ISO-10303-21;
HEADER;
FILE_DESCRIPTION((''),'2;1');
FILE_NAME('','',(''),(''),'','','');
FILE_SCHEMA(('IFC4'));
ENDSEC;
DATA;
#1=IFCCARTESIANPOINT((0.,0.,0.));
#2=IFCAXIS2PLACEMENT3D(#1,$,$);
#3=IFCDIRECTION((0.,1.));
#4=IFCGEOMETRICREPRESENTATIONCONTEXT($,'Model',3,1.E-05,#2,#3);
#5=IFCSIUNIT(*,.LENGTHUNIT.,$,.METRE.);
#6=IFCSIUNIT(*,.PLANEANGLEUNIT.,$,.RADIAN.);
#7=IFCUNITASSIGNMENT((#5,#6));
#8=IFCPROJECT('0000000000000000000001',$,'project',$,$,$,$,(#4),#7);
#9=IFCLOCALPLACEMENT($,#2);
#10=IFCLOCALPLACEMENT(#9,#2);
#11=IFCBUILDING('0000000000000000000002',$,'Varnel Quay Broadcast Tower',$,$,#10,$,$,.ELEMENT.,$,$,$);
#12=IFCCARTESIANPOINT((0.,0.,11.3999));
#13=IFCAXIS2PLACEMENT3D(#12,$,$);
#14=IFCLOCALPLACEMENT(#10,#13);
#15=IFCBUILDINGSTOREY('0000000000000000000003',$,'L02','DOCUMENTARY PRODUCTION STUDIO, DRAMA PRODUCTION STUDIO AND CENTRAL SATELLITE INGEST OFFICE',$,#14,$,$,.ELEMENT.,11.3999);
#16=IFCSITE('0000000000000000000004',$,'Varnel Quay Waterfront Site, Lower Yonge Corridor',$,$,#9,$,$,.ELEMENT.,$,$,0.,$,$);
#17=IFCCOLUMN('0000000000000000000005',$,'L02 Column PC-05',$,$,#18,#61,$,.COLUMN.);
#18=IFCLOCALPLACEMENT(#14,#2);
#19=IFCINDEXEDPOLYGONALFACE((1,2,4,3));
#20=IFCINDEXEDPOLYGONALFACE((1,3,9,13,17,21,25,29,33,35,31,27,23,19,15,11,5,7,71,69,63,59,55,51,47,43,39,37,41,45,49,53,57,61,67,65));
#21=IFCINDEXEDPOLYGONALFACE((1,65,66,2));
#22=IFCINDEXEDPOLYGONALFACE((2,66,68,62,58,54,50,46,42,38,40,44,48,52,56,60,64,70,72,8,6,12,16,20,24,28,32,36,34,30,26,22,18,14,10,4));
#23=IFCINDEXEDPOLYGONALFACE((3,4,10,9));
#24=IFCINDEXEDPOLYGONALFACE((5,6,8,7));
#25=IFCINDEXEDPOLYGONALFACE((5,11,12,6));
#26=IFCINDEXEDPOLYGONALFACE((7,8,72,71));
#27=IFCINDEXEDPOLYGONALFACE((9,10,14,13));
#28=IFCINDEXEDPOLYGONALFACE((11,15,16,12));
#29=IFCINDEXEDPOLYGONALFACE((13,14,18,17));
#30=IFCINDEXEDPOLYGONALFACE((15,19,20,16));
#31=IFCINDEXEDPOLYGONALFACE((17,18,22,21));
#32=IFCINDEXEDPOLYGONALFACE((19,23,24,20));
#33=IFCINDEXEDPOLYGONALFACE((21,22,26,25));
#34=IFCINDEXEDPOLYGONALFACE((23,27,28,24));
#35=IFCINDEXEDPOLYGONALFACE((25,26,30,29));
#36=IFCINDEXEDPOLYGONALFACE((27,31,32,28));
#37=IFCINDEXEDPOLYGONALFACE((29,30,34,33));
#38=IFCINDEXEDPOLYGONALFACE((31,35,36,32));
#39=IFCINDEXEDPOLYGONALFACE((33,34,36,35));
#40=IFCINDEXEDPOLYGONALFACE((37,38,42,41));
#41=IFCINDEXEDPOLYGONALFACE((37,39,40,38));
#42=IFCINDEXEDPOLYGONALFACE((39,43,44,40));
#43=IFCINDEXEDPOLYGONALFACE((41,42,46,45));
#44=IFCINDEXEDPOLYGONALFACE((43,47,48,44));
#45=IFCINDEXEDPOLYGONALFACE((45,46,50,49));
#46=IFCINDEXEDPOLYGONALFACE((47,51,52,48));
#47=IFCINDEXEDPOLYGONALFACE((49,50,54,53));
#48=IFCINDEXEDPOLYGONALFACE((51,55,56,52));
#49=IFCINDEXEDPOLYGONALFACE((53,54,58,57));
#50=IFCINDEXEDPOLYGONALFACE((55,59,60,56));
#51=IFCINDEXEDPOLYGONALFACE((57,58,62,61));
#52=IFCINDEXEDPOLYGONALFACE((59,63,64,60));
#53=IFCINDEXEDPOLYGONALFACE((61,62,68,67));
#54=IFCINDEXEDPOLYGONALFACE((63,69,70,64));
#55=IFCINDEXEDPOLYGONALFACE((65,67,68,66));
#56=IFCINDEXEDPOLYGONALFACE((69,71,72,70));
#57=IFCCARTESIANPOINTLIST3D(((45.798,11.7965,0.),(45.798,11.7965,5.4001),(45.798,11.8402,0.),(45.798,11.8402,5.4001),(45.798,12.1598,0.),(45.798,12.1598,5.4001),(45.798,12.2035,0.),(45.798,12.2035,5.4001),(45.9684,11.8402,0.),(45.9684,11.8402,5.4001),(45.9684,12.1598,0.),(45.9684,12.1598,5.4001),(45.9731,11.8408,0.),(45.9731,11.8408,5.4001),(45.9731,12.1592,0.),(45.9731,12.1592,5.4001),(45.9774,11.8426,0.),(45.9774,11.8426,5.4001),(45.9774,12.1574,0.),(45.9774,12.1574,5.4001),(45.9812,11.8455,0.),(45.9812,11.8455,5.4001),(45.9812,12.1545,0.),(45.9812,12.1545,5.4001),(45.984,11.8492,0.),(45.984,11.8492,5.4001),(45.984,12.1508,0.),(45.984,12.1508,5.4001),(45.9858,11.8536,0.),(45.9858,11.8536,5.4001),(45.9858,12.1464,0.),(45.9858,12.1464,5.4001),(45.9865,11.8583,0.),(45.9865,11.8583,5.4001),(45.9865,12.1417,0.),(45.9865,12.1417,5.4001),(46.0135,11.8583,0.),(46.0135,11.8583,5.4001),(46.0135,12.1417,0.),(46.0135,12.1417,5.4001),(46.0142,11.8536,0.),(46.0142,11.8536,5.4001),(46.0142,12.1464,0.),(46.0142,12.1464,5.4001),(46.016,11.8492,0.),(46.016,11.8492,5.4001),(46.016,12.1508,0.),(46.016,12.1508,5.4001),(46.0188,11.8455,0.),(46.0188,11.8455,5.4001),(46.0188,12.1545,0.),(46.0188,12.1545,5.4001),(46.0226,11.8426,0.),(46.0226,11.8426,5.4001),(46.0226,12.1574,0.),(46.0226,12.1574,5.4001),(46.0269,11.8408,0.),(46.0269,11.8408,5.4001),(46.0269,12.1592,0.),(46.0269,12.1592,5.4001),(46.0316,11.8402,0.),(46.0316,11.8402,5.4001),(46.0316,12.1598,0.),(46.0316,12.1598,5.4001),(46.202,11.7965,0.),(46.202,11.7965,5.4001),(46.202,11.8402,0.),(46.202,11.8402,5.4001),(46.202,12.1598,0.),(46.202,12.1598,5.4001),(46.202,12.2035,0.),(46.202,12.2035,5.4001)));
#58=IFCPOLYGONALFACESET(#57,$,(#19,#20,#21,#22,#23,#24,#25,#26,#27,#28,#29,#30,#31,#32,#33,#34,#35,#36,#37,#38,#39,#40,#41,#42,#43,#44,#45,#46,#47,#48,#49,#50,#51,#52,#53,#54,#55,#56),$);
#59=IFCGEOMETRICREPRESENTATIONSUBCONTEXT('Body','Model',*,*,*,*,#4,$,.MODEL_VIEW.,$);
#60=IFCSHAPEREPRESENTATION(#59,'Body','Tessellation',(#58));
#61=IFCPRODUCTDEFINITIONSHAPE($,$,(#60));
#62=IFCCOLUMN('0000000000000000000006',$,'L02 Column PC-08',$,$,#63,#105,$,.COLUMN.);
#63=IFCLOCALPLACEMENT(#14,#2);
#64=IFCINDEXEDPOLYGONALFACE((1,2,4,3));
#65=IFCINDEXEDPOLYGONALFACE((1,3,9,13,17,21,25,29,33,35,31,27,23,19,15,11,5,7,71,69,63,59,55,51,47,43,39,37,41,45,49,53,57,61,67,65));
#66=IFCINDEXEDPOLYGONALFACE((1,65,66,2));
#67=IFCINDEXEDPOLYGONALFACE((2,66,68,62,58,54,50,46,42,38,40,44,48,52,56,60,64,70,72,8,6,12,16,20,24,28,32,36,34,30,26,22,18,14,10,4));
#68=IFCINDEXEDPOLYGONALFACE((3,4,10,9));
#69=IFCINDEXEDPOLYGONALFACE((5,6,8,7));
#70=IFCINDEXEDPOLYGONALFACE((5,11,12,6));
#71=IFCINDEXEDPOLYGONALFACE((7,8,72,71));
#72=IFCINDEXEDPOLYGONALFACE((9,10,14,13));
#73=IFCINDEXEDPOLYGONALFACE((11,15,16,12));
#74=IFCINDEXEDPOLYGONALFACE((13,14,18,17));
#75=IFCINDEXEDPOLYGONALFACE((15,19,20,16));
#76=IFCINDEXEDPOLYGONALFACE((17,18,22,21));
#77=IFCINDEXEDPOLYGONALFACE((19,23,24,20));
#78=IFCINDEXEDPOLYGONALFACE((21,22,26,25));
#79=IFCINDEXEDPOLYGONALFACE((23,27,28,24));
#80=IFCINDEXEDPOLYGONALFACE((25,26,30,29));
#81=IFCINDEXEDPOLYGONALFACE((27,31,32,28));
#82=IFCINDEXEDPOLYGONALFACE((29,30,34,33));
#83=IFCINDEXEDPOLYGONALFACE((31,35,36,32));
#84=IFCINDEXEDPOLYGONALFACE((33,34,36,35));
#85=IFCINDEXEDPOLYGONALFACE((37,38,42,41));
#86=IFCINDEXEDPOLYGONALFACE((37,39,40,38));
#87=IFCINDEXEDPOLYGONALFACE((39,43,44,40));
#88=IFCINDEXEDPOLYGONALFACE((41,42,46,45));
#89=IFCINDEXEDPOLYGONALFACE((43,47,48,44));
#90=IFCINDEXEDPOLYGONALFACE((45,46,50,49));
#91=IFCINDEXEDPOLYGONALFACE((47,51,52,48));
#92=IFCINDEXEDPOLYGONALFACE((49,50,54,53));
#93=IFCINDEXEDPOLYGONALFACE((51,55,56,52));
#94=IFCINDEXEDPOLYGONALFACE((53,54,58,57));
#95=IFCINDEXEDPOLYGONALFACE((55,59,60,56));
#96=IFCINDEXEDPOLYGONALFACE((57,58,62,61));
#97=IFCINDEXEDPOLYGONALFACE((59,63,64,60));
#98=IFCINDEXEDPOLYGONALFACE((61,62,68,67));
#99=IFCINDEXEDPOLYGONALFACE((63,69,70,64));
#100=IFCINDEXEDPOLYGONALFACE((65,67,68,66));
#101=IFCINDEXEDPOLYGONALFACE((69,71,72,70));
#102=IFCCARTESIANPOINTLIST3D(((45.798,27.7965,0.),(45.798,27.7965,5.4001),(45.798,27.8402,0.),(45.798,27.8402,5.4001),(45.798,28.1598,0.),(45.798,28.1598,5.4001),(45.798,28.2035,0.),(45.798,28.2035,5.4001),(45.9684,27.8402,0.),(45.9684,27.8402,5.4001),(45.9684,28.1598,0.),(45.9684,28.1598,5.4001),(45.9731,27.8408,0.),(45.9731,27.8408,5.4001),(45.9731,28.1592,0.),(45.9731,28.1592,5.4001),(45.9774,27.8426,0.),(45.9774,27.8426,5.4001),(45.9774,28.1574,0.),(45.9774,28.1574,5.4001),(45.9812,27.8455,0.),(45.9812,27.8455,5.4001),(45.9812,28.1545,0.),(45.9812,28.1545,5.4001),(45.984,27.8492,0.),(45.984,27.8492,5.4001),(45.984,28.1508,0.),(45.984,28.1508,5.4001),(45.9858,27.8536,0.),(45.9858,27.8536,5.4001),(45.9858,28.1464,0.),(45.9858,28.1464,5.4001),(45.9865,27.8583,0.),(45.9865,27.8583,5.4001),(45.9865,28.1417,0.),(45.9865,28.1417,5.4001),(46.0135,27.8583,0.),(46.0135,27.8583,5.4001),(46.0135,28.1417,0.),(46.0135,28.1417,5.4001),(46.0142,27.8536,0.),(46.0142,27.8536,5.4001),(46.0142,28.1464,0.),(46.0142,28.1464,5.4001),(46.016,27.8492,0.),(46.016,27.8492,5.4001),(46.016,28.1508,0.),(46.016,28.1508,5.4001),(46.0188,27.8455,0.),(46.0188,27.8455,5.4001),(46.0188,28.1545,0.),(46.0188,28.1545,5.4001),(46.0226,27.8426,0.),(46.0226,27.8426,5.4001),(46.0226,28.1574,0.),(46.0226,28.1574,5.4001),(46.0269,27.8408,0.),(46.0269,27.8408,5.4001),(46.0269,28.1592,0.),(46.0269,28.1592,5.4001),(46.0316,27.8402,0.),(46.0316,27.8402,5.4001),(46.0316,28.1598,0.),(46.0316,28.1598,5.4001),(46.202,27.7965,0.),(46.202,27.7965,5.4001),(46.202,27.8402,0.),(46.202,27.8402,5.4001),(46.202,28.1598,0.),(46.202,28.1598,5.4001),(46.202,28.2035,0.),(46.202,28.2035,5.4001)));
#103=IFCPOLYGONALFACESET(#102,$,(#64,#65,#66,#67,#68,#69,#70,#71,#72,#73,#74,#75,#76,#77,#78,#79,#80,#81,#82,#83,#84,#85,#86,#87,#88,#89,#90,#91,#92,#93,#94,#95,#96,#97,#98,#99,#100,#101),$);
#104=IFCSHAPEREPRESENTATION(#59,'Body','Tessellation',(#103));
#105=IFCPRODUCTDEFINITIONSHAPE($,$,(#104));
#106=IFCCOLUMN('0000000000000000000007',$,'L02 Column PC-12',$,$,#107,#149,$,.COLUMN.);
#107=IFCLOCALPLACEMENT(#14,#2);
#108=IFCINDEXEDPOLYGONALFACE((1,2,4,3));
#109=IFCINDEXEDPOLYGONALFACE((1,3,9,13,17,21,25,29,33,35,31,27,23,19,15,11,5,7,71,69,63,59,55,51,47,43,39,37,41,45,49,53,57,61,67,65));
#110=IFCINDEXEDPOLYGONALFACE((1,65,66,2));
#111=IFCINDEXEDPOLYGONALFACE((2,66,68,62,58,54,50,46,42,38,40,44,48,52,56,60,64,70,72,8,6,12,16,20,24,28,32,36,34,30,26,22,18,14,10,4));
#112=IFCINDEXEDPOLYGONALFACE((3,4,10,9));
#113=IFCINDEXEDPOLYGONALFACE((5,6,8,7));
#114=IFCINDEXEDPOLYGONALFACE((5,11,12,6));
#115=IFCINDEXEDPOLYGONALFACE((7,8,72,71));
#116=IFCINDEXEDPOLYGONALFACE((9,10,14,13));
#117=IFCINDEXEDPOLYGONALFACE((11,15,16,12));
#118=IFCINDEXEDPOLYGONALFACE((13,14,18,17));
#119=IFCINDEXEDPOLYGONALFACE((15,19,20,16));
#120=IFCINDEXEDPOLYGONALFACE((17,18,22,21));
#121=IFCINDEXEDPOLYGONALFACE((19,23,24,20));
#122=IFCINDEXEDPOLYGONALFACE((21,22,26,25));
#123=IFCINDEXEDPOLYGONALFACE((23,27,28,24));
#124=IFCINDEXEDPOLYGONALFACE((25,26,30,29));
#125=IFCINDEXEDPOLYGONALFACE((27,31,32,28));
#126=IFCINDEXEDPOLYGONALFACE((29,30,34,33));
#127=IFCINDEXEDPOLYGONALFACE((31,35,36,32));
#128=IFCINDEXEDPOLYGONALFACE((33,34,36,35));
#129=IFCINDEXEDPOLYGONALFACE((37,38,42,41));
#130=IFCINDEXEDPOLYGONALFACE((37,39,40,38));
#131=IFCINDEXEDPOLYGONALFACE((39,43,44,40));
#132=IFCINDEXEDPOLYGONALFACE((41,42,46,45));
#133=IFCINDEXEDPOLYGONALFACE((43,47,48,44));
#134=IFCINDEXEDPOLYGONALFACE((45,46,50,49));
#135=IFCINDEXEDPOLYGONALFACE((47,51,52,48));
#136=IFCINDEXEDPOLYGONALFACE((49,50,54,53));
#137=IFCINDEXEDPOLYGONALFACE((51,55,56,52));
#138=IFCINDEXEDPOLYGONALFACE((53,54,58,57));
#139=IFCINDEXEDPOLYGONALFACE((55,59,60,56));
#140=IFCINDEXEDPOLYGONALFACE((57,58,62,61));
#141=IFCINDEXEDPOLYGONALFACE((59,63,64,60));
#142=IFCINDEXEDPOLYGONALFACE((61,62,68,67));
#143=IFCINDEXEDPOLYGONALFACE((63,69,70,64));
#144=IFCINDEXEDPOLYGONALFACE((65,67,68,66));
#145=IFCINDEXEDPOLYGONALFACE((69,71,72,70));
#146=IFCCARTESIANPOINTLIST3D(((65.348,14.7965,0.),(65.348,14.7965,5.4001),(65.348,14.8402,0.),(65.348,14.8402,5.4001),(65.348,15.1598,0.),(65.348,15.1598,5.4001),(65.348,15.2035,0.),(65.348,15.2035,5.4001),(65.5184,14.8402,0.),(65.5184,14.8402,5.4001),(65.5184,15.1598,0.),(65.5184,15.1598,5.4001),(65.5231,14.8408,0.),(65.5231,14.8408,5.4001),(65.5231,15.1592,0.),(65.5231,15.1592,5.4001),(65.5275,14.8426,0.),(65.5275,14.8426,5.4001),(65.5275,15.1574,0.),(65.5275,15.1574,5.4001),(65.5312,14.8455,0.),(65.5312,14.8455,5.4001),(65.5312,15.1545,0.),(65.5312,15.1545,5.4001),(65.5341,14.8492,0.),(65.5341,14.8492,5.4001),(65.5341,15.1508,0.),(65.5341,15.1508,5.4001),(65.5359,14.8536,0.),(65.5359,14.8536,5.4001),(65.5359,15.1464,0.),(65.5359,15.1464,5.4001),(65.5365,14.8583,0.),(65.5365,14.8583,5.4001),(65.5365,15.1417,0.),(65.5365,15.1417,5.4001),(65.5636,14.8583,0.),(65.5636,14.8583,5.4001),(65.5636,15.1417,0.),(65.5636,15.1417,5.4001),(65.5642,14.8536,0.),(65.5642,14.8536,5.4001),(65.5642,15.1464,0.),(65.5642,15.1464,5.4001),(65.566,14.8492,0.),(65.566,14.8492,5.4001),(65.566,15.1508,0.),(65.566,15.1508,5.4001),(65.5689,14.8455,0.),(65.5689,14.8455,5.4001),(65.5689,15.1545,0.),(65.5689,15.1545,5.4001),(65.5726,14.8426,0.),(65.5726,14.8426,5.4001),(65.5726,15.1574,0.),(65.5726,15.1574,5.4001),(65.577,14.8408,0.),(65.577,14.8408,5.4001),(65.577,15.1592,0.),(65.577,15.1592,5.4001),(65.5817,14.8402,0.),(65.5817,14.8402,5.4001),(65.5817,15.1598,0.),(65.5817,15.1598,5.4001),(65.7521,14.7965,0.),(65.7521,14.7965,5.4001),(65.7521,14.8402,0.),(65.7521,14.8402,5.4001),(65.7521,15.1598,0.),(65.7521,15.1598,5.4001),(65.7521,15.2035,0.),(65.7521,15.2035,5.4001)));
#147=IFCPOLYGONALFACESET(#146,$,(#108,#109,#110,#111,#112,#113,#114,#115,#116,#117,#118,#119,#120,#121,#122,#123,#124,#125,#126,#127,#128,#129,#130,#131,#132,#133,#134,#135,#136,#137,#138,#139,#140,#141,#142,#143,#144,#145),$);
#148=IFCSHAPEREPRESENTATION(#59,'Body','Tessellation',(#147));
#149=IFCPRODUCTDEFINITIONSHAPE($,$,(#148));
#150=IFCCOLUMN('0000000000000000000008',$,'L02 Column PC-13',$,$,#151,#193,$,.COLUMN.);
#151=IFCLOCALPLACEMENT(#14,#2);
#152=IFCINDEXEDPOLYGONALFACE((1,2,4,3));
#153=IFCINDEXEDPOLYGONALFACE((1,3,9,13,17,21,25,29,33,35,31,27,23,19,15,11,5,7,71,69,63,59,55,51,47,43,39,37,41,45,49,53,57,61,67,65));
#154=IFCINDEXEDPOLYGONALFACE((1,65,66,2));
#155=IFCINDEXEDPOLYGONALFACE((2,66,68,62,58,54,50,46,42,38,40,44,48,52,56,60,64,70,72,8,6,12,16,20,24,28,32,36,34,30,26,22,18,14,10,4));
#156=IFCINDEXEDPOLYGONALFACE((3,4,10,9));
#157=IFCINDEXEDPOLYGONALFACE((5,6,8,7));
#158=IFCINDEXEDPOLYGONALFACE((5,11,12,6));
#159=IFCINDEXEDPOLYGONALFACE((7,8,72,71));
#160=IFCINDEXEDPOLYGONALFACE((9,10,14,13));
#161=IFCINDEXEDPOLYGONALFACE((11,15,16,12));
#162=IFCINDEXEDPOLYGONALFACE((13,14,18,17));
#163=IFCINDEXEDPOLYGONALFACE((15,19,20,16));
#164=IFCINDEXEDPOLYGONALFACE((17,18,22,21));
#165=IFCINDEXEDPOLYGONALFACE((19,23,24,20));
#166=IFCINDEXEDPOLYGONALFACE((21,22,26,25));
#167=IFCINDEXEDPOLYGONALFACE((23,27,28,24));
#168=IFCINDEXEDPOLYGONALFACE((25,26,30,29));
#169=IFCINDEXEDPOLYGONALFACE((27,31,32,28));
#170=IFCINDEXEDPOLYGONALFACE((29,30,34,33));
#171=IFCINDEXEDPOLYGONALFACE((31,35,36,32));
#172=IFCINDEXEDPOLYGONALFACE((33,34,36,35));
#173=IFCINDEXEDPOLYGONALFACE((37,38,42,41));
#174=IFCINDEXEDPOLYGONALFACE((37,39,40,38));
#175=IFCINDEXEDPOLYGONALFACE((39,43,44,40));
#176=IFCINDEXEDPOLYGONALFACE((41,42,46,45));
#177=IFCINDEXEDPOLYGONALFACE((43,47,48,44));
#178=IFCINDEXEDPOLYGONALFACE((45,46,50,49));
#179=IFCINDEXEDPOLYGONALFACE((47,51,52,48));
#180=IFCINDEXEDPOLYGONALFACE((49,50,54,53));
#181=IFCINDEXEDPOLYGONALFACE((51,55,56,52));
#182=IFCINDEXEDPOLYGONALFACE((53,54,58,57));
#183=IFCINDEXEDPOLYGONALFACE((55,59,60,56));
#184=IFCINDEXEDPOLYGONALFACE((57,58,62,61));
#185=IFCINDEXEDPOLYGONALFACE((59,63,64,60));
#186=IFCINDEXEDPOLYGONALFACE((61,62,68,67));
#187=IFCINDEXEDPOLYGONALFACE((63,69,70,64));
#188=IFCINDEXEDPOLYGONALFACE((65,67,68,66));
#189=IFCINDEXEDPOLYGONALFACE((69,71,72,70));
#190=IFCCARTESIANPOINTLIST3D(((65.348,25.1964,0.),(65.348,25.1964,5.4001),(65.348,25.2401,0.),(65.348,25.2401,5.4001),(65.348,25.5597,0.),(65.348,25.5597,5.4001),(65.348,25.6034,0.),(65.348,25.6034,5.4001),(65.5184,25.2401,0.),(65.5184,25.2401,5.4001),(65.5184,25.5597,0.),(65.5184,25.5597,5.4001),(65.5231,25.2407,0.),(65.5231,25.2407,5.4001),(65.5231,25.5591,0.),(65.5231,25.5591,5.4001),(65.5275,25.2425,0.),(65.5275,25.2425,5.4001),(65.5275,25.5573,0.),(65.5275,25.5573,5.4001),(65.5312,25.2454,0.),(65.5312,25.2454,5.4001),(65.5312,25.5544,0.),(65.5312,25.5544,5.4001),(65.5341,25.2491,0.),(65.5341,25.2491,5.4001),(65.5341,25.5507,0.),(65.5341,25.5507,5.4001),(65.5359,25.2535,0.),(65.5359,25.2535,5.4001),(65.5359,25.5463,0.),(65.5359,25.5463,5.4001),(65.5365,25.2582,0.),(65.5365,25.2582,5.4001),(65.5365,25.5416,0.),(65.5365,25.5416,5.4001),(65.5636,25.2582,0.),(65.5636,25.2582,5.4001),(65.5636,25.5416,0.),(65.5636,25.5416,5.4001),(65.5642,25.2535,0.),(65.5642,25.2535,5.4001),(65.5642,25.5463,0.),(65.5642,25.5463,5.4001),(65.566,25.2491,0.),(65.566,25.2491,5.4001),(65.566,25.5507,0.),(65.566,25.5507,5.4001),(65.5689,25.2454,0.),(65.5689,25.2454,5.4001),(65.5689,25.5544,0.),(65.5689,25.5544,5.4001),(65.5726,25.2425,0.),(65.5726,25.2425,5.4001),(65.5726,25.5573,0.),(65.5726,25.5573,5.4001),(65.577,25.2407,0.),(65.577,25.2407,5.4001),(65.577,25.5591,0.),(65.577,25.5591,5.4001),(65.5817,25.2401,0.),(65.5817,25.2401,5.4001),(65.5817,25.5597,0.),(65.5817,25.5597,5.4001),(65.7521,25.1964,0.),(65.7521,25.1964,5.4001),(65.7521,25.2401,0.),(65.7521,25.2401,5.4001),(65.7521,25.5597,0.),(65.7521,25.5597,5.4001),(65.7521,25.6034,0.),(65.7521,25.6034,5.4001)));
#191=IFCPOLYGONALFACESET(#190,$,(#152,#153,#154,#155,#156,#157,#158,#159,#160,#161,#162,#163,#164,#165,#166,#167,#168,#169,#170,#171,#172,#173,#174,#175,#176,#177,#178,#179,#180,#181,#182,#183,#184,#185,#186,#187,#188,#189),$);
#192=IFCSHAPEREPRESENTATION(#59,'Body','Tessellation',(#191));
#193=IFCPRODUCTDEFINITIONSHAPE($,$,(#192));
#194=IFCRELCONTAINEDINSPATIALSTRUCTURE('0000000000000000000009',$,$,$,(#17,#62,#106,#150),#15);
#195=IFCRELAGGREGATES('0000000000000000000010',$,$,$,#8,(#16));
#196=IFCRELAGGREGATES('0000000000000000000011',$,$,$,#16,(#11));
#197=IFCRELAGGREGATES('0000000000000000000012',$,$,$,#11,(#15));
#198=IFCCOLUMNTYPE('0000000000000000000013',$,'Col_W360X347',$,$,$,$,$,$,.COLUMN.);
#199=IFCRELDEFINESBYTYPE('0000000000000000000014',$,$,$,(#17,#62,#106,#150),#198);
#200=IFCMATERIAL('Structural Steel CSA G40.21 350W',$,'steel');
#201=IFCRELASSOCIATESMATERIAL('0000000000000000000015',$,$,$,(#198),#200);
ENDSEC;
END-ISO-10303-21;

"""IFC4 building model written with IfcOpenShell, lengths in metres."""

from ifc_helpers import new_model, si_unit, direction, frame, origin, origin_2d, place, context, subcontext, project, spatial, i_section, extrude, source, transform, mapped, material, material_profile, profile_set, type_object, type_shapes, element, save


model = new_model("IFC4")

# Units and contexts
model_context = context("Model", 3, precision=1e-05, world=origin(), true_north=direction((0.0, 1.0)))
body_context = subcontext(model_context, "Body", "Model", "MODEL_VIEW")
ifc_project = project(units=[si_unit("LENGTHUNIT", "METRE"), si_unit("PLANEANGLEUNIT", "RADIAN")], contexts=[model_context])

# Site, building, storey
site_placement = place(None, origin())
site = spatial("IfcSite", under=ifc_project, at=site_placement, Name="Varnel Quay Waterfront Site, Lower Yonge Corridor", CompositionType="ELEMENT", RefElevation=0.0)
building_placement = place(site_placement, origin())
building = spatial("IfcBuilding", under=site, at=building_placement, Name="Varnel Quay Broadcast Tower", CompositionType="ELEMENT")
storey_placement = place(building_placement, frame((0.0, 0.0, 11.3999)))
storey = spatial("IfcBuildingStorey", under=building, at=storey_placement, Name="L02", Description="DOCUMENTARY PRODUCTION STUDIO, DRAMA PRODUCTION STUDIO AND CENTRAL SATELLITE INGEST OFFICE", CompositionType="ELEMENT", Elevation=11.3999)

# Columns
ifc_material_1 = material(Name="Structural Steel CSA G40.21 350W", Category="steel")
ifc_material_profile_1 = material_profile(ifc_material_1, i_section(OverallWidth=0.4041, OverallDepth=0.407, WebThickness=0.0271, FlangeThickness=0.0437, FilletRadius=0.0181, at=origin_2d()), Name="W360X347")
ifc_profile_set_1 = profile_set([ifc_material_profile_1], Name="Structural Steel CSA G40.21 350W")
column_type = type_object("IfcColumnType", Name="Col_W360X347", PredefinedType="COLUMN", material=ifc_profile_set_1)
shared_shape_1 = source(origin(), body_context, "Body", "SweptSolid", [
    extrude(i_section(OverallWidth=0.4041, OverallDepth=0.407, WebThickness=0.0271, FlangeThickness=0.0437, FilletRadius=0.0181, at=origin_2d()), origin(), (0.0, 0.0, 1.0), 5.4001),
])
type_shapes(column_type, [shared_shape_1])
for number, where, z_axis, x_axis, name in (
    (1, (46.0, 12.0, 0.0), (0.0, 0.0, 1.0), (1.0, 0.0, 0.0), "L02 Column PC-05"),
    (2, (46.0, 28.0, 0.0), (0.0, 0.0, 1.0), (1.0, 0.0, 0.0), "L02 Column PC-08"),
    (3, (65.55, 15.0, 0.0), (0.0, 0.0, 1.0), (1.0, 0.0, 0.0), "L02 Column PC-12"),
    (4, (65.55, 25.3999, 0.0), (0.0, 0.0, 1.0), (1.0, 0.0, 0.0), "L02 Column PC-13"),
):
    element("IfcColumn", number, at=place(storey_placement, frame(where, z_axis=z_axis, x_axis=x_axis)), inside=storey, type_object=column_type, Name=name, PredefinedType="COLUMN", context=body_context, shape_type="MappedRepresentation", body=[
        mapped(shared_shape_1, transform((0.0, 0.0, 0.0), x_axis=(1.0, 0.0, 0.0), y_axis=(0.0, 1.0, 0.0), z_axis=(0.0, 0.0, 1.0), scale=1.0)),
    ])

save(model, "model.ifc")
